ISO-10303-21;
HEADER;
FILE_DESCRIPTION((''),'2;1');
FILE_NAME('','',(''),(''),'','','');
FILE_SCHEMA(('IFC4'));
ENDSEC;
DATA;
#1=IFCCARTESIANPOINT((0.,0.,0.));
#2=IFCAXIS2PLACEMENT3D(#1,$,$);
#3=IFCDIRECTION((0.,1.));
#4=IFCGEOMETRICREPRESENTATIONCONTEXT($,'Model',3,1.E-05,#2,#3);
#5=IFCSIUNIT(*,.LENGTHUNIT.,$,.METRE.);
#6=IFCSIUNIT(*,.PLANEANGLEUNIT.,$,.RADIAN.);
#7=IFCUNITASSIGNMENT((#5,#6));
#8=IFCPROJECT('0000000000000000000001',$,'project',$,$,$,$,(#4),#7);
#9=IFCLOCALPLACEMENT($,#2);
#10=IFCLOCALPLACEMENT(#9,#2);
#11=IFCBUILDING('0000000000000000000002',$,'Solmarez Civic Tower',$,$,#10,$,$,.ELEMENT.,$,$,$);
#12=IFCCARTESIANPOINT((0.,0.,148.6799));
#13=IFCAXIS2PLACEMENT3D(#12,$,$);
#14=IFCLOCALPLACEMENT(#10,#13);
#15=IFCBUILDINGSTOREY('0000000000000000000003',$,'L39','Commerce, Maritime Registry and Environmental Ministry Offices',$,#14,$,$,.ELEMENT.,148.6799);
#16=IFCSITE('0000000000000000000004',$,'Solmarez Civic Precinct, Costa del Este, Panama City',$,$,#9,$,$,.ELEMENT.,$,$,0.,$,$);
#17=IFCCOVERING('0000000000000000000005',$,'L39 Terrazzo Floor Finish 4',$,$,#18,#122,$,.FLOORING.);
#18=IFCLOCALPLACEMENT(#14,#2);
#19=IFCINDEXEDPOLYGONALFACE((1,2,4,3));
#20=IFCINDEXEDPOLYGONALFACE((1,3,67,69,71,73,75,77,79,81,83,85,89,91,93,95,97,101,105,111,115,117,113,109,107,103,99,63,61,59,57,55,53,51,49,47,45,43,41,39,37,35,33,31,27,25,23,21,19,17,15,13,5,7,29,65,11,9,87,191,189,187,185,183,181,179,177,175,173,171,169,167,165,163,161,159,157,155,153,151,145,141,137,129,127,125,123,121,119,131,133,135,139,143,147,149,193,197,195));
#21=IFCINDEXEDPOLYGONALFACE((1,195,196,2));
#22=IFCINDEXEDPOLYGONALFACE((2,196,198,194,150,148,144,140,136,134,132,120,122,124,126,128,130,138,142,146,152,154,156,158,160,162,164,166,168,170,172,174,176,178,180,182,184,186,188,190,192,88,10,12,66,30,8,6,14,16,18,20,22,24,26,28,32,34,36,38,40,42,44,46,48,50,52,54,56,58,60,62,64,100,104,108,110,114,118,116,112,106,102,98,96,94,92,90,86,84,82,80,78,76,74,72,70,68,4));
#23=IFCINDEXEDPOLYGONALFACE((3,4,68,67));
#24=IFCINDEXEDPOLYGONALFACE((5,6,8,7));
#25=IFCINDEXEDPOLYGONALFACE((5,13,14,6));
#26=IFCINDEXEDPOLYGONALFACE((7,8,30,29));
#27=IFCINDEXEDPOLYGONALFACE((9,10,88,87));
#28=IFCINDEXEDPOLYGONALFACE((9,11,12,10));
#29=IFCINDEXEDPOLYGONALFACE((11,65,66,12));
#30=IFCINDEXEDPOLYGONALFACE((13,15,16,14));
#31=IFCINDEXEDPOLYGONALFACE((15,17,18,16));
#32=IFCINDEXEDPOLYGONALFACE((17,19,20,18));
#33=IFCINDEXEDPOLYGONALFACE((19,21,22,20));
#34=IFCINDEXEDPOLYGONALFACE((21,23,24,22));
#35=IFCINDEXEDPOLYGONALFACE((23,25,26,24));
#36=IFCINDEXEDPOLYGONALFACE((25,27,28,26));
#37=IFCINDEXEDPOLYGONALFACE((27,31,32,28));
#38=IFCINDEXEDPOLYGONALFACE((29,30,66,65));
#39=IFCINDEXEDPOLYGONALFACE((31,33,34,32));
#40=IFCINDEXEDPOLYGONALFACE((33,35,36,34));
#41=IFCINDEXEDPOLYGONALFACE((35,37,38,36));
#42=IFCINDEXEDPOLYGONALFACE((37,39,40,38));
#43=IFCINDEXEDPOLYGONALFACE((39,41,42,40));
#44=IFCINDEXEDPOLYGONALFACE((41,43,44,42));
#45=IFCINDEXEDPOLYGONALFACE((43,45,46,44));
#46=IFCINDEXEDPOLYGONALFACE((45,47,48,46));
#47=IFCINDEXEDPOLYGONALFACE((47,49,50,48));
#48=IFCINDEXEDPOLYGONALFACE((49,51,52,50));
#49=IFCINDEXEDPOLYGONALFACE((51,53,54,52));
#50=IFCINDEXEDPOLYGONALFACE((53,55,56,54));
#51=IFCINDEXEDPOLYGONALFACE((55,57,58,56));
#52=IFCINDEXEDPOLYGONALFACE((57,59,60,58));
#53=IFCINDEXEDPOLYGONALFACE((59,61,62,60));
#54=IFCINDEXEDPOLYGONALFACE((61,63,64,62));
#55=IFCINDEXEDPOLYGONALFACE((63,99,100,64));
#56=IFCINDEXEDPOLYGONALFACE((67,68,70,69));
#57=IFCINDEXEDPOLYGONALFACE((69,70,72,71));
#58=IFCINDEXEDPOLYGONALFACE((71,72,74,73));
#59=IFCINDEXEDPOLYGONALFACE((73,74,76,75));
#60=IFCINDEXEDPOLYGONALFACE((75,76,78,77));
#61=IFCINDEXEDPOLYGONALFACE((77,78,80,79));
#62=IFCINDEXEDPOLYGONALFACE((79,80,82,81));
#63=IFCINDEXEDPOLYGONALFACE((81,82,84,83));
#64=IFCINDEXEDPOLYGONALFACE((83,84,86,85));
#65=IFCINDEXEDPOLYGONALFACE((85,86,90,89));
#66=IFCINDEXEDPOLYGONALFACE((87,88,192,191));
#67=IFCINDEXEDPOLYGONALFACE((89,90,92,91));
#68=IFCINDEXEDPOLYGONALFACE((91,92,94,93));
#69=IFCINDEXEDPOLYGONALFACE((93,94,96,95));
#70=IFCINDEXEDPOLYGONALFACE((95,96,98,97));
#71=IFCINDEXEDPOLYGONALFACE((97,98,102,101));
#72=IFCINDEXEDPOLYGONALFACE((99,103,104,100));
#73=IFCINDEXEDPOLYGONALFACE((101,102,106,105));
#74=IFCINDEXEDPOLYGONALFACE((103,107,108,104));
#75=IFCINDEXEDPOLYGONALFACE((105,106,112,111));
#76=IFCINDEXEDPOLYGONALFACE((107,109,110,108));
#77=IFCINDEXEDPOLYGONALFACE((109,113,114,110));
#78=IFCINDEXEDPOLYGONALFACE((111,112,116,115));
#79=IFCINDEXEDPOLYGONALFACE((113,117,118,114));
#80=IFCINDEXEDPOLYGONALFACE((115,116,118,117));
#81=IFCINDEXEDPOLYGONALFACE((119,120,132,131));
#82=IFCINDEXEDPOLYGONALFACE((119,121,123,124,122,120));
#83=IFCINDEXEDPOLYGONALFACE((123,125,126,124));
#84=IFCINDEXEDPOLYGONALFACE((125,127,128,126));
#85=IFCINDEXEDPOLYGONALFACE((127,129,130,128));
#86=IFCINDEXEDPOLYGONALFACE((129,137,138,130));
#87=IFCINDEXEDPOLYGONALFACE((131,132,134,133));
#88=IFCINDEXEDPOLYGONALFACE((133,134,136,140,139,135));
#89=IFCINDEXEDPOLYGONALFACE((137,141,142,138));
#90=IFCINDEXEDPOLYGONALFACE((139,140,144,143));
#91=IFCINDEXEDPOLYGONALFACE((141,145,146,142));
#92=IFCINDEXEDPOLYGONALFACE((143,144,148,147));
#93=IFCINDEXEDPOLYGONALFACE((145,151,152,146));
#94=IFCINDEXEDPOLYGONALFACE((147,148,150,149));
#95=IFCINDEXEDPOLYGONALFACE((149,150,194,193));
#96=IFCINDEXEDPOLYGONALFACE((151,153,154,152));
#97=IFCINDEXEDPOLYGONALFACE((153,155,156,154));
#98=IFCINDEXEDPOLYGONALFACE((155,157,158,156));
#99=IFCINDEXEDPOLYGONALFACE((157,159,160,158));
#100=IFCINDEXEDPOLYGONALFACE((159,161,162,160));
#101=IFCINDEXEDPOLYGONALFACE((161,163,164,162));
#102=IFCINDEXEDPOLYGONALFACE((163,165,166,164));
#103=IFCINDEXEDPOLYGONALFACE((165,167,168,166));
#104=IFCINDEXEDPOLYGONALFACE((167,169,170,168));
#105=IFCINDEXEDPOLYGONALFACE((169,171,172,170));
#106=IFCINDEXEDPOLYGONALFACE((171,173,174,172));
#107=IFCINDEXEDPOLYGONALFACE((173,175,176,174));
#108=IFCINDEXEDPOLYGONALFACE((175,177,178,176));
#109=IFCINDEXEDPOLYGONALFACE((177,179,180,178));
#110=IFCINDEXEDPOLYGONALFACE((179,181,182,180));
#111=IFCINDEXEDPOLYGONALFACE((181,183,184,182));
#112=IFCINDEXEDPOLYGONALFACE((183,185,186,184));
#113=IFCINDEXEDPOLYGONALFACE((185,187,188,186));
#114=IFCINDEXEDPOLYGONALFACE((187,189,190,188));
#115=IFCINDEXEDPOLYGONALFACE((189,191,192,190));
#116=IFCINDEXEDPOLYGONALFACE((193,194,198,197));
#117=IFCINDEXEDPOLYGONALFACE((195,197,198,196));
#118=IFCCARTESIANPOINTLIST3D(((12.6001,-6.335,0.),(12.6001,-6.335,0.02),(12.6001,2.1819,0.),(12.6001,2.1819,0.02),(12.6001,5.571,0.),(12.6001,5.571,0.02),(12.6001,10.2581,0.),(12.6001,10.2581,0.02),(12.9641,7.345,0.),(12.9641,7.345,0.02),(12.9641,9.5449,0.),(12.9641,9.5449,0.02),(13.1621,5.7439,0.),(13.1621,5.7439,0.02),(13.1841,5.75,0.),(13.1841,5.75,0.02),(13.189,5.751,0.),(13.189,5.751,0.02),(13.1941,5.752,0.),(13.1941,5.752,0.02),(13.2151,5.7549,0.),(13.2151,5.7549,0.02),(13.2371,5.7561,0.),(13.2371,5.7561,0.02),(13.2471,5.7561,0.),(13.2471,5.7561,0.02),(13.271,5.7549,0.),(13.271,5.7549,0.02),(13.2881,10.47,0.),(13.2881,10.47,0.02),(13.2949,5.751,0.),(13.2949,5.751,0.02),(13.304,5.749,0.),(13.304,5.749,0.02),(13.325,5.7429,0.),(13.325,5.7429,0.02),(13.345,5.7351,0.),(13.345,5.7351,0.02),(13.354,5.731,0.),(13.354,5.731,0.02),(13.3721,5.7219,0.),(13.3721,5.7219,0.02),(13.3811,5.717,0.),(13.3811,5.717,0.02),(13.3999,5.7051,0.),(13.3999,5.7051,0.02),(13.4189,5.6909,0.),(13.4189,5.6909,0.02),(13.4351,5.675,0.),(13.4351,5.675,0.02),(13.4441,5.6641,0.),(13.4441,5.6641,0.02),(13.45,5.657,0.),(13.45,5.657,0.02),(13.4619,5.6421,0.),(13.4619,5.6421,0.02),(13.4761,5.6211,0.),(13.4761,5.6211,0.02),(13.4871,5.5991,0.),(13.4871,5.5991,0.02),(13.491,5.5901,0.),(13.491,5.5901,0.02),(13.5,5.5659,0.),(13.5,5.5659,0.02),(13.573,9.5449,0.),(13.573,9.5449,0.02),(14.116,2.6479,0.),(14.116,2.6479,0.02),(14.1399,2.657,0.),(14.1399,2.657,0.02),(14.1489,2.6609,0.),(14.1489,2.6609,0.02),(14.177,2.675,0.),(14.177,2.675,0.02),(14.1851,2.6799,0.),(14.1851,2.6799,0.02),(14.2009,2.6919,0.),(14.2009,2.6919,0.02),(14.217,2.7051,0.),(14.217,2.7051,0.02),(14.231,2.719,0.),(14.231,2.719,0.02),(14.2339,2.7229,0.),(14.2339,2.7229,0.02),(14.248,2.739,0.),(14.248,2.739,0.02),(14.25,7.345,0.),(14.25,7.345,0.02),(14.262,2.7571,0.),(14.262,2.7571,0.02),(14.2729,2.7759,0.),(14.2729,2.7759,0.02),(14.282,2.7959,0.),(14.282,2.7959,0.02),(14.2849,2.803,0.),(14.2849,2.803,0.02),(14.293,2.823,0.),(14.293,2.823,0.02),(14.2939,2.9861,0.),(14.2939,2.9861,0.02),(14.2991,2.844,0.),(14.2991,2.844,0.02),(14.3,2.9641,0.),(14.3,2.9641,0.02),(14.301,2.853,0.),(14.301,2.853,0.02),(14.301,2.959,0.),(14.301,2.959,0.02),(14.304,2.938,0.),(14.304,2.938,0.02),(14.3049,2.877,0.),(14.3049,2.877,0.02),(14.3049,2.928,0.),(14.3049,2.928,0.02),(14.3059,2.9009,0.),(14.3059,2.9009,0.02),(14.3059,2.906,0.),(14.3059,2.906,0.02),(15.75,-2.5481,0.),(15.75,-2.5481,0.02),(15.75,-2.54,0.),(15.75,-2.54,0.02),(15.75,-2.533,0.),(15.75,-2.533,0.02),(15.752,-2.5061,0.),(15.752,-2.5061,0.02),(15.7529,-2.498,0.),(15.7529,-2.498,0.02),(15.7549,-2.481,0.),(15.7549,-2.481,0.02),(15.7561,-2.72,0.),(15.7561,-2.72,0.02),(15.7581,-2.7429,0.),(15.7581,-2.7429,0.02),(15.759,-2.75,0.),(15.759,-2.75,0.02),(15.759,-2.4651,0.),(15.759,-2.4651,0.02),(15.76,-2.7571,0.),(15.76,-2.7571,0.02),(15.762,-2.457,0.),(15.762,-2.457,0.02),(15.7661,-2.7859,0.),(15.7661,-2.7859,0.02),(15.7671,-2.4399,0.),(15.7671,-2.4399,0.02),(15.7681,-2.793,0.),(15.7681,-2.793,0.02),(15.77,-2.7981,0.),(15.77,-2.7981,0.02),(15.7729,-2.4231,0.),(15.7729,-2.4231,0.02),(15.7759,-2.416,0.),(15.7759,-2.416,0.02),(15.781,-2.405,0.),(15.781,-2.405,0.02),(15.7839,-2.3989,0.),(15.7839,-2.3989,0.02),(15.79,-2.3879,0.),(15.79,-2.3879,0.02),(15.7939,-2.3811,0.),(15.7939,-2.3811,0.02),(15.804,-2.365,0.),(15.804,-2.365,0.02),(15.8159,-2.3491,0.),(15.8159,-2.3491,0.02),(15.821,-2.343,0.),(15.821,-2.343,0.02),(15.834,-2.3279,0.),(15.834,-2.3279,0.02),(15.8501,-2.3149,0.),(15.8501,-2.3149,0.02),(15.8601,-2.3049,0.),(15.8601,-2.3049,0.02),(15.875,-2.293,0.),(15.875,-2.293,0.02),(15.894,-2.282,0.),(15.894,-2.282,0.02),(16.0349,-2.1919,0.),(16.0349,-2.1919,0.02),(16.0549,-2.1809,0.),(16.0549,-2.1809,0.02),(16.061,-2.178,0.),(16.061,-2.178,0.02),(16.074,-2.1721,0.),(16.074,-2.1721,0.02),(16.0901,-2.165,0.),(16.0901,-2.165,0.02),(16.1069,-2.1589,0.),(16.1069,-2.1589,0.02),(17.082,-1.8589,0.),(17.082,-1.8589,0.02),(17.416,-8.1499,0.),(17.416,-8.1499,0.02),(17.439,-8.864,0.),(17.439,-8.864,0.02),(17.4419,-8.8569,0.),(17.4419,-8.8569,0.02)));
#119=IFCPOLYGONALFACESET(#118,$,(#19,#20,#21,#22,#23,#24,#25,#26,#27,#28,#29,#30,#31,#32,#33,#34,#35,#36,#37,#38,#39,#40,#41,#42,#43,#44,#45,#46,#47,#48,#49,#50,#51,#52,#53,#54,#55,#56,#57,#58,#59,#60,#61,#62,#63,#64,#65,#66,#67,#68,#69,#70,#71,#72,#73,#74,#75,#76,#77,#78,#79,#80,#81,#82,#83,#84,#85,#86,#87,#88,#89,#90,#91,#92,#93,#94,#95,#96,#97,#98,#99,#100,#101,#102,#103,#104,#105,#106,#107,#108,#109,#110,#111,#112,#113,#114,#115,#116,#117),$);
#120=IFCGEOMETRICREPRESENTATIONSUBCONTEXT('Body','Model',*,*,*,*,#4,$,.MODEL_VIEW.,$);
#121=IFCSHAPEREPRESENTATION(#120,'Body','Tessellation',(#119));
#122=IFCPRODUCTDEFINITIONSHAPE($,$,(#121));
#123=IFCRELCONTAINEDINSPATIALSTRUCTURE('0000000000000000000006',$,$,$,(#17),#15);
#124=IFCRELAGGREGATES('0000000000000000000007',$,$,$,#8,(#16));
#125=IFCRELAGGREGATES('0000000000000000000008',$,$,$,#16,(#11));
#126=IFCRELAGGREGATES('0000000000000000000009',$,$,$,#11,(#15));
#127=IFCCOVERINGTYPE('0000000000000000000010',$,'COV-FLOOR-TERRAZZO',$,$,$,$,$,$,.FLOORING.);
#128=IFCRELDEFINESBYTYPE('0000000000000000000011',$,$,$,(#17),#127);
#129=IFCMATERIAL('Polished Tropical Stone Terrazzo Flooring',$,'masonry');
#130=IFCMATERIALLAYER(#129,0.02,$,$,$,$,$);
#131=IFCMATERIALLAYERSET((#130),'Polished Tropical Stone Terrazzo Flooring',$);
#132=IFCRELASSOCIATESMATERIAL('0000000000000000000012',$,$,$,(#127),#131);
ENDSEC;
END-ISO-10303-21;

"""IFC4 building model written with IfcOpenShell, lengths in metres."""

from ifc_helpers import new_model, si_unit, direction, frame, origin, place, context, subcontext, project, spatial, polyline, outline, extrude, material, layer, layer_set, type_object, element, save


model = new_model("IFC4")

# Units and contexts
model_context = context("Model", 3, precision=1e-05, world=origin(), true_north=direction((0.0, 1.0)))
body_context = subcontext(model_context, "Body", "Model", "MODEL_VIEW")
ifc_project = project(units=[si_unit("LENGTHUNIT", "METRE"), si_unit("PLANEANGLEUNIT", "RADIAN")], contexts=[model_context])

# Site, building, storey
site_placement = place(None, origin())
site = spatial("IfcSite", under=ifc_project, at=site_placement, Name="Solmarez Civic Precinct, Costa del Este, Panama City", CompositionType="ELEMENT", RefElevation=0.0)
building_placement = place(site_placement, origin())
building = spatial("IfcBuilding", under=site, at=building_placement, Name="Solmarez Civic Tower", CompositionType="ELEMENT")
storey_placement = place(building_placement, frame((0.0, 0.0, 148.6799)))
storey = spatial("IfcBuildingStorey", under=building, at=storey_placement, Name="L39", Description="Commerce, Maritime Registry and Environmental Ministry Offices", CompositionType="ELEMENT", Elevation=148.6799)

# Covering
ifc_material_1 = material(Name="Polished Tropical Stone Terrazzo Flooring", Category="masonry")
ifc_layer_1 = layer(ifc_material_1, 0.02)
ifc_layer_set_1 = layer_set([ifc_layer_1], Name="Polished Tropical Stone Terrazzo Flooring")
covering_type_1 = type_object("IfcCoveringType", Name="COV-FLOOR-TERRAZZO", PredefinedType="FLOORING", material=ifc_layer_set_1)
covering_1_placement = place(storey_placement, origin())
element("IfcCovering", 1, at=covering_1_placement, inside=storey, type_object=covering_type_1, Name="L39 Terrazzo Floor Finish 4", PredefinedType="FLOORING", context=body_context, shape_type="SweptSolid", body=[
    extrude(outline(polyline([(13.2881, 10.47), (12.6001, 10.2581), (12.6001, 5.571), (13.1621, 5.7439), (13.1841, 5.75), (13.189, 5.751), (13.1941, 5.752), (13.2151, 5.7549), (13.2371, 5.7561), (13.2471, 5.7561), (13.271, 5.7549), (13.2949, 5.751), (13.304, 5.749), (13.325, 5.7429), (13.345, 5.7351), (13.354, 5.731), (13.3721, 5.7219), (13.3811, 5.717), (13.3999, 5.7051), (13.4189, 5.6909), (13.4351, 5.675), (13.4441, 5.6641), (13.45, 5.657), (13.4619, 5.6421), (13.4761, 5.6211), (13.4871, 5.5991), (13.491, 5.5901), (13.5, 5.5659), (14.2939, 2.9861), (14.3, 2.9641), (14.301, 2.959), (14.304, 2.938), (14.3049, 2.928), (14.3059, 2.906), (14.3059, 2.9009), (14.3049, 2.877), (14.301, 2.853), (14.2991, 2.844), (14.293, 2.823), (14.2849, 2.803), (14.282, 2.7959), (14.2729, 2.7759), (14.262, 2.7571), (14.248, 2.739), (14.2339, 2.7229), (14.231, 2.719), (14.217, 2.7051), (14.2009, 2.6919), (14.1851, 2.6799), (14.177, 2.675), (14.1489, 2.6609), (14.1399, 2.657), (14.116, 2.6479), (12.6001, 2.1819), (12.6001, -6.335), (17.439, -8.864), (17.4419, -8.8569), (17.416, -8.1499), (15.77, -2.7981), (15.7681, -2.793), (15.7661, -2.7859), (15.76, -2.7571), (15.759, -2.75), (15.7581, -2.7429), (15.7561, -2.72), (15.75, -2.5481), (15.75, -2.54), (15.75, -2.533), (15.752, -2.5061), (15.7529, -2.498), (15.7549, -2.481), (15.759, -2.4651), (15.762, -2.457), (15.7671, -2.4399), (15.7729, -2.4231), (15.7759, -2.416), (15.781, -2.405), (15.7839, -2.3989), (15.79, -2.3879), (15.7939, -2.3811), (15.804, -2.365), (15.8159, -2.3491), (15.821, -2.343), (15.834, -2.3279), (15.8501, -2.3149), (15.8601, -2.3049), (15.875, -2.293), (15.894, -2.282), (16.0349, -2.1919), (16.0549, -2.1809), (16.061, -2.178), (16.074, -2.1721), (16.0901, -2.165), (16.1069, -2.1589), (17.082, -1.8589), (14.25, 7.345), (12.9641, 7.345), (12.9641, 9.5449), (13.573, 9.5449), (13.2881, 10.47)])), origin(), (0.0, 0.0, 1.0), 0.02),
])

save(model, "model.ifc")
